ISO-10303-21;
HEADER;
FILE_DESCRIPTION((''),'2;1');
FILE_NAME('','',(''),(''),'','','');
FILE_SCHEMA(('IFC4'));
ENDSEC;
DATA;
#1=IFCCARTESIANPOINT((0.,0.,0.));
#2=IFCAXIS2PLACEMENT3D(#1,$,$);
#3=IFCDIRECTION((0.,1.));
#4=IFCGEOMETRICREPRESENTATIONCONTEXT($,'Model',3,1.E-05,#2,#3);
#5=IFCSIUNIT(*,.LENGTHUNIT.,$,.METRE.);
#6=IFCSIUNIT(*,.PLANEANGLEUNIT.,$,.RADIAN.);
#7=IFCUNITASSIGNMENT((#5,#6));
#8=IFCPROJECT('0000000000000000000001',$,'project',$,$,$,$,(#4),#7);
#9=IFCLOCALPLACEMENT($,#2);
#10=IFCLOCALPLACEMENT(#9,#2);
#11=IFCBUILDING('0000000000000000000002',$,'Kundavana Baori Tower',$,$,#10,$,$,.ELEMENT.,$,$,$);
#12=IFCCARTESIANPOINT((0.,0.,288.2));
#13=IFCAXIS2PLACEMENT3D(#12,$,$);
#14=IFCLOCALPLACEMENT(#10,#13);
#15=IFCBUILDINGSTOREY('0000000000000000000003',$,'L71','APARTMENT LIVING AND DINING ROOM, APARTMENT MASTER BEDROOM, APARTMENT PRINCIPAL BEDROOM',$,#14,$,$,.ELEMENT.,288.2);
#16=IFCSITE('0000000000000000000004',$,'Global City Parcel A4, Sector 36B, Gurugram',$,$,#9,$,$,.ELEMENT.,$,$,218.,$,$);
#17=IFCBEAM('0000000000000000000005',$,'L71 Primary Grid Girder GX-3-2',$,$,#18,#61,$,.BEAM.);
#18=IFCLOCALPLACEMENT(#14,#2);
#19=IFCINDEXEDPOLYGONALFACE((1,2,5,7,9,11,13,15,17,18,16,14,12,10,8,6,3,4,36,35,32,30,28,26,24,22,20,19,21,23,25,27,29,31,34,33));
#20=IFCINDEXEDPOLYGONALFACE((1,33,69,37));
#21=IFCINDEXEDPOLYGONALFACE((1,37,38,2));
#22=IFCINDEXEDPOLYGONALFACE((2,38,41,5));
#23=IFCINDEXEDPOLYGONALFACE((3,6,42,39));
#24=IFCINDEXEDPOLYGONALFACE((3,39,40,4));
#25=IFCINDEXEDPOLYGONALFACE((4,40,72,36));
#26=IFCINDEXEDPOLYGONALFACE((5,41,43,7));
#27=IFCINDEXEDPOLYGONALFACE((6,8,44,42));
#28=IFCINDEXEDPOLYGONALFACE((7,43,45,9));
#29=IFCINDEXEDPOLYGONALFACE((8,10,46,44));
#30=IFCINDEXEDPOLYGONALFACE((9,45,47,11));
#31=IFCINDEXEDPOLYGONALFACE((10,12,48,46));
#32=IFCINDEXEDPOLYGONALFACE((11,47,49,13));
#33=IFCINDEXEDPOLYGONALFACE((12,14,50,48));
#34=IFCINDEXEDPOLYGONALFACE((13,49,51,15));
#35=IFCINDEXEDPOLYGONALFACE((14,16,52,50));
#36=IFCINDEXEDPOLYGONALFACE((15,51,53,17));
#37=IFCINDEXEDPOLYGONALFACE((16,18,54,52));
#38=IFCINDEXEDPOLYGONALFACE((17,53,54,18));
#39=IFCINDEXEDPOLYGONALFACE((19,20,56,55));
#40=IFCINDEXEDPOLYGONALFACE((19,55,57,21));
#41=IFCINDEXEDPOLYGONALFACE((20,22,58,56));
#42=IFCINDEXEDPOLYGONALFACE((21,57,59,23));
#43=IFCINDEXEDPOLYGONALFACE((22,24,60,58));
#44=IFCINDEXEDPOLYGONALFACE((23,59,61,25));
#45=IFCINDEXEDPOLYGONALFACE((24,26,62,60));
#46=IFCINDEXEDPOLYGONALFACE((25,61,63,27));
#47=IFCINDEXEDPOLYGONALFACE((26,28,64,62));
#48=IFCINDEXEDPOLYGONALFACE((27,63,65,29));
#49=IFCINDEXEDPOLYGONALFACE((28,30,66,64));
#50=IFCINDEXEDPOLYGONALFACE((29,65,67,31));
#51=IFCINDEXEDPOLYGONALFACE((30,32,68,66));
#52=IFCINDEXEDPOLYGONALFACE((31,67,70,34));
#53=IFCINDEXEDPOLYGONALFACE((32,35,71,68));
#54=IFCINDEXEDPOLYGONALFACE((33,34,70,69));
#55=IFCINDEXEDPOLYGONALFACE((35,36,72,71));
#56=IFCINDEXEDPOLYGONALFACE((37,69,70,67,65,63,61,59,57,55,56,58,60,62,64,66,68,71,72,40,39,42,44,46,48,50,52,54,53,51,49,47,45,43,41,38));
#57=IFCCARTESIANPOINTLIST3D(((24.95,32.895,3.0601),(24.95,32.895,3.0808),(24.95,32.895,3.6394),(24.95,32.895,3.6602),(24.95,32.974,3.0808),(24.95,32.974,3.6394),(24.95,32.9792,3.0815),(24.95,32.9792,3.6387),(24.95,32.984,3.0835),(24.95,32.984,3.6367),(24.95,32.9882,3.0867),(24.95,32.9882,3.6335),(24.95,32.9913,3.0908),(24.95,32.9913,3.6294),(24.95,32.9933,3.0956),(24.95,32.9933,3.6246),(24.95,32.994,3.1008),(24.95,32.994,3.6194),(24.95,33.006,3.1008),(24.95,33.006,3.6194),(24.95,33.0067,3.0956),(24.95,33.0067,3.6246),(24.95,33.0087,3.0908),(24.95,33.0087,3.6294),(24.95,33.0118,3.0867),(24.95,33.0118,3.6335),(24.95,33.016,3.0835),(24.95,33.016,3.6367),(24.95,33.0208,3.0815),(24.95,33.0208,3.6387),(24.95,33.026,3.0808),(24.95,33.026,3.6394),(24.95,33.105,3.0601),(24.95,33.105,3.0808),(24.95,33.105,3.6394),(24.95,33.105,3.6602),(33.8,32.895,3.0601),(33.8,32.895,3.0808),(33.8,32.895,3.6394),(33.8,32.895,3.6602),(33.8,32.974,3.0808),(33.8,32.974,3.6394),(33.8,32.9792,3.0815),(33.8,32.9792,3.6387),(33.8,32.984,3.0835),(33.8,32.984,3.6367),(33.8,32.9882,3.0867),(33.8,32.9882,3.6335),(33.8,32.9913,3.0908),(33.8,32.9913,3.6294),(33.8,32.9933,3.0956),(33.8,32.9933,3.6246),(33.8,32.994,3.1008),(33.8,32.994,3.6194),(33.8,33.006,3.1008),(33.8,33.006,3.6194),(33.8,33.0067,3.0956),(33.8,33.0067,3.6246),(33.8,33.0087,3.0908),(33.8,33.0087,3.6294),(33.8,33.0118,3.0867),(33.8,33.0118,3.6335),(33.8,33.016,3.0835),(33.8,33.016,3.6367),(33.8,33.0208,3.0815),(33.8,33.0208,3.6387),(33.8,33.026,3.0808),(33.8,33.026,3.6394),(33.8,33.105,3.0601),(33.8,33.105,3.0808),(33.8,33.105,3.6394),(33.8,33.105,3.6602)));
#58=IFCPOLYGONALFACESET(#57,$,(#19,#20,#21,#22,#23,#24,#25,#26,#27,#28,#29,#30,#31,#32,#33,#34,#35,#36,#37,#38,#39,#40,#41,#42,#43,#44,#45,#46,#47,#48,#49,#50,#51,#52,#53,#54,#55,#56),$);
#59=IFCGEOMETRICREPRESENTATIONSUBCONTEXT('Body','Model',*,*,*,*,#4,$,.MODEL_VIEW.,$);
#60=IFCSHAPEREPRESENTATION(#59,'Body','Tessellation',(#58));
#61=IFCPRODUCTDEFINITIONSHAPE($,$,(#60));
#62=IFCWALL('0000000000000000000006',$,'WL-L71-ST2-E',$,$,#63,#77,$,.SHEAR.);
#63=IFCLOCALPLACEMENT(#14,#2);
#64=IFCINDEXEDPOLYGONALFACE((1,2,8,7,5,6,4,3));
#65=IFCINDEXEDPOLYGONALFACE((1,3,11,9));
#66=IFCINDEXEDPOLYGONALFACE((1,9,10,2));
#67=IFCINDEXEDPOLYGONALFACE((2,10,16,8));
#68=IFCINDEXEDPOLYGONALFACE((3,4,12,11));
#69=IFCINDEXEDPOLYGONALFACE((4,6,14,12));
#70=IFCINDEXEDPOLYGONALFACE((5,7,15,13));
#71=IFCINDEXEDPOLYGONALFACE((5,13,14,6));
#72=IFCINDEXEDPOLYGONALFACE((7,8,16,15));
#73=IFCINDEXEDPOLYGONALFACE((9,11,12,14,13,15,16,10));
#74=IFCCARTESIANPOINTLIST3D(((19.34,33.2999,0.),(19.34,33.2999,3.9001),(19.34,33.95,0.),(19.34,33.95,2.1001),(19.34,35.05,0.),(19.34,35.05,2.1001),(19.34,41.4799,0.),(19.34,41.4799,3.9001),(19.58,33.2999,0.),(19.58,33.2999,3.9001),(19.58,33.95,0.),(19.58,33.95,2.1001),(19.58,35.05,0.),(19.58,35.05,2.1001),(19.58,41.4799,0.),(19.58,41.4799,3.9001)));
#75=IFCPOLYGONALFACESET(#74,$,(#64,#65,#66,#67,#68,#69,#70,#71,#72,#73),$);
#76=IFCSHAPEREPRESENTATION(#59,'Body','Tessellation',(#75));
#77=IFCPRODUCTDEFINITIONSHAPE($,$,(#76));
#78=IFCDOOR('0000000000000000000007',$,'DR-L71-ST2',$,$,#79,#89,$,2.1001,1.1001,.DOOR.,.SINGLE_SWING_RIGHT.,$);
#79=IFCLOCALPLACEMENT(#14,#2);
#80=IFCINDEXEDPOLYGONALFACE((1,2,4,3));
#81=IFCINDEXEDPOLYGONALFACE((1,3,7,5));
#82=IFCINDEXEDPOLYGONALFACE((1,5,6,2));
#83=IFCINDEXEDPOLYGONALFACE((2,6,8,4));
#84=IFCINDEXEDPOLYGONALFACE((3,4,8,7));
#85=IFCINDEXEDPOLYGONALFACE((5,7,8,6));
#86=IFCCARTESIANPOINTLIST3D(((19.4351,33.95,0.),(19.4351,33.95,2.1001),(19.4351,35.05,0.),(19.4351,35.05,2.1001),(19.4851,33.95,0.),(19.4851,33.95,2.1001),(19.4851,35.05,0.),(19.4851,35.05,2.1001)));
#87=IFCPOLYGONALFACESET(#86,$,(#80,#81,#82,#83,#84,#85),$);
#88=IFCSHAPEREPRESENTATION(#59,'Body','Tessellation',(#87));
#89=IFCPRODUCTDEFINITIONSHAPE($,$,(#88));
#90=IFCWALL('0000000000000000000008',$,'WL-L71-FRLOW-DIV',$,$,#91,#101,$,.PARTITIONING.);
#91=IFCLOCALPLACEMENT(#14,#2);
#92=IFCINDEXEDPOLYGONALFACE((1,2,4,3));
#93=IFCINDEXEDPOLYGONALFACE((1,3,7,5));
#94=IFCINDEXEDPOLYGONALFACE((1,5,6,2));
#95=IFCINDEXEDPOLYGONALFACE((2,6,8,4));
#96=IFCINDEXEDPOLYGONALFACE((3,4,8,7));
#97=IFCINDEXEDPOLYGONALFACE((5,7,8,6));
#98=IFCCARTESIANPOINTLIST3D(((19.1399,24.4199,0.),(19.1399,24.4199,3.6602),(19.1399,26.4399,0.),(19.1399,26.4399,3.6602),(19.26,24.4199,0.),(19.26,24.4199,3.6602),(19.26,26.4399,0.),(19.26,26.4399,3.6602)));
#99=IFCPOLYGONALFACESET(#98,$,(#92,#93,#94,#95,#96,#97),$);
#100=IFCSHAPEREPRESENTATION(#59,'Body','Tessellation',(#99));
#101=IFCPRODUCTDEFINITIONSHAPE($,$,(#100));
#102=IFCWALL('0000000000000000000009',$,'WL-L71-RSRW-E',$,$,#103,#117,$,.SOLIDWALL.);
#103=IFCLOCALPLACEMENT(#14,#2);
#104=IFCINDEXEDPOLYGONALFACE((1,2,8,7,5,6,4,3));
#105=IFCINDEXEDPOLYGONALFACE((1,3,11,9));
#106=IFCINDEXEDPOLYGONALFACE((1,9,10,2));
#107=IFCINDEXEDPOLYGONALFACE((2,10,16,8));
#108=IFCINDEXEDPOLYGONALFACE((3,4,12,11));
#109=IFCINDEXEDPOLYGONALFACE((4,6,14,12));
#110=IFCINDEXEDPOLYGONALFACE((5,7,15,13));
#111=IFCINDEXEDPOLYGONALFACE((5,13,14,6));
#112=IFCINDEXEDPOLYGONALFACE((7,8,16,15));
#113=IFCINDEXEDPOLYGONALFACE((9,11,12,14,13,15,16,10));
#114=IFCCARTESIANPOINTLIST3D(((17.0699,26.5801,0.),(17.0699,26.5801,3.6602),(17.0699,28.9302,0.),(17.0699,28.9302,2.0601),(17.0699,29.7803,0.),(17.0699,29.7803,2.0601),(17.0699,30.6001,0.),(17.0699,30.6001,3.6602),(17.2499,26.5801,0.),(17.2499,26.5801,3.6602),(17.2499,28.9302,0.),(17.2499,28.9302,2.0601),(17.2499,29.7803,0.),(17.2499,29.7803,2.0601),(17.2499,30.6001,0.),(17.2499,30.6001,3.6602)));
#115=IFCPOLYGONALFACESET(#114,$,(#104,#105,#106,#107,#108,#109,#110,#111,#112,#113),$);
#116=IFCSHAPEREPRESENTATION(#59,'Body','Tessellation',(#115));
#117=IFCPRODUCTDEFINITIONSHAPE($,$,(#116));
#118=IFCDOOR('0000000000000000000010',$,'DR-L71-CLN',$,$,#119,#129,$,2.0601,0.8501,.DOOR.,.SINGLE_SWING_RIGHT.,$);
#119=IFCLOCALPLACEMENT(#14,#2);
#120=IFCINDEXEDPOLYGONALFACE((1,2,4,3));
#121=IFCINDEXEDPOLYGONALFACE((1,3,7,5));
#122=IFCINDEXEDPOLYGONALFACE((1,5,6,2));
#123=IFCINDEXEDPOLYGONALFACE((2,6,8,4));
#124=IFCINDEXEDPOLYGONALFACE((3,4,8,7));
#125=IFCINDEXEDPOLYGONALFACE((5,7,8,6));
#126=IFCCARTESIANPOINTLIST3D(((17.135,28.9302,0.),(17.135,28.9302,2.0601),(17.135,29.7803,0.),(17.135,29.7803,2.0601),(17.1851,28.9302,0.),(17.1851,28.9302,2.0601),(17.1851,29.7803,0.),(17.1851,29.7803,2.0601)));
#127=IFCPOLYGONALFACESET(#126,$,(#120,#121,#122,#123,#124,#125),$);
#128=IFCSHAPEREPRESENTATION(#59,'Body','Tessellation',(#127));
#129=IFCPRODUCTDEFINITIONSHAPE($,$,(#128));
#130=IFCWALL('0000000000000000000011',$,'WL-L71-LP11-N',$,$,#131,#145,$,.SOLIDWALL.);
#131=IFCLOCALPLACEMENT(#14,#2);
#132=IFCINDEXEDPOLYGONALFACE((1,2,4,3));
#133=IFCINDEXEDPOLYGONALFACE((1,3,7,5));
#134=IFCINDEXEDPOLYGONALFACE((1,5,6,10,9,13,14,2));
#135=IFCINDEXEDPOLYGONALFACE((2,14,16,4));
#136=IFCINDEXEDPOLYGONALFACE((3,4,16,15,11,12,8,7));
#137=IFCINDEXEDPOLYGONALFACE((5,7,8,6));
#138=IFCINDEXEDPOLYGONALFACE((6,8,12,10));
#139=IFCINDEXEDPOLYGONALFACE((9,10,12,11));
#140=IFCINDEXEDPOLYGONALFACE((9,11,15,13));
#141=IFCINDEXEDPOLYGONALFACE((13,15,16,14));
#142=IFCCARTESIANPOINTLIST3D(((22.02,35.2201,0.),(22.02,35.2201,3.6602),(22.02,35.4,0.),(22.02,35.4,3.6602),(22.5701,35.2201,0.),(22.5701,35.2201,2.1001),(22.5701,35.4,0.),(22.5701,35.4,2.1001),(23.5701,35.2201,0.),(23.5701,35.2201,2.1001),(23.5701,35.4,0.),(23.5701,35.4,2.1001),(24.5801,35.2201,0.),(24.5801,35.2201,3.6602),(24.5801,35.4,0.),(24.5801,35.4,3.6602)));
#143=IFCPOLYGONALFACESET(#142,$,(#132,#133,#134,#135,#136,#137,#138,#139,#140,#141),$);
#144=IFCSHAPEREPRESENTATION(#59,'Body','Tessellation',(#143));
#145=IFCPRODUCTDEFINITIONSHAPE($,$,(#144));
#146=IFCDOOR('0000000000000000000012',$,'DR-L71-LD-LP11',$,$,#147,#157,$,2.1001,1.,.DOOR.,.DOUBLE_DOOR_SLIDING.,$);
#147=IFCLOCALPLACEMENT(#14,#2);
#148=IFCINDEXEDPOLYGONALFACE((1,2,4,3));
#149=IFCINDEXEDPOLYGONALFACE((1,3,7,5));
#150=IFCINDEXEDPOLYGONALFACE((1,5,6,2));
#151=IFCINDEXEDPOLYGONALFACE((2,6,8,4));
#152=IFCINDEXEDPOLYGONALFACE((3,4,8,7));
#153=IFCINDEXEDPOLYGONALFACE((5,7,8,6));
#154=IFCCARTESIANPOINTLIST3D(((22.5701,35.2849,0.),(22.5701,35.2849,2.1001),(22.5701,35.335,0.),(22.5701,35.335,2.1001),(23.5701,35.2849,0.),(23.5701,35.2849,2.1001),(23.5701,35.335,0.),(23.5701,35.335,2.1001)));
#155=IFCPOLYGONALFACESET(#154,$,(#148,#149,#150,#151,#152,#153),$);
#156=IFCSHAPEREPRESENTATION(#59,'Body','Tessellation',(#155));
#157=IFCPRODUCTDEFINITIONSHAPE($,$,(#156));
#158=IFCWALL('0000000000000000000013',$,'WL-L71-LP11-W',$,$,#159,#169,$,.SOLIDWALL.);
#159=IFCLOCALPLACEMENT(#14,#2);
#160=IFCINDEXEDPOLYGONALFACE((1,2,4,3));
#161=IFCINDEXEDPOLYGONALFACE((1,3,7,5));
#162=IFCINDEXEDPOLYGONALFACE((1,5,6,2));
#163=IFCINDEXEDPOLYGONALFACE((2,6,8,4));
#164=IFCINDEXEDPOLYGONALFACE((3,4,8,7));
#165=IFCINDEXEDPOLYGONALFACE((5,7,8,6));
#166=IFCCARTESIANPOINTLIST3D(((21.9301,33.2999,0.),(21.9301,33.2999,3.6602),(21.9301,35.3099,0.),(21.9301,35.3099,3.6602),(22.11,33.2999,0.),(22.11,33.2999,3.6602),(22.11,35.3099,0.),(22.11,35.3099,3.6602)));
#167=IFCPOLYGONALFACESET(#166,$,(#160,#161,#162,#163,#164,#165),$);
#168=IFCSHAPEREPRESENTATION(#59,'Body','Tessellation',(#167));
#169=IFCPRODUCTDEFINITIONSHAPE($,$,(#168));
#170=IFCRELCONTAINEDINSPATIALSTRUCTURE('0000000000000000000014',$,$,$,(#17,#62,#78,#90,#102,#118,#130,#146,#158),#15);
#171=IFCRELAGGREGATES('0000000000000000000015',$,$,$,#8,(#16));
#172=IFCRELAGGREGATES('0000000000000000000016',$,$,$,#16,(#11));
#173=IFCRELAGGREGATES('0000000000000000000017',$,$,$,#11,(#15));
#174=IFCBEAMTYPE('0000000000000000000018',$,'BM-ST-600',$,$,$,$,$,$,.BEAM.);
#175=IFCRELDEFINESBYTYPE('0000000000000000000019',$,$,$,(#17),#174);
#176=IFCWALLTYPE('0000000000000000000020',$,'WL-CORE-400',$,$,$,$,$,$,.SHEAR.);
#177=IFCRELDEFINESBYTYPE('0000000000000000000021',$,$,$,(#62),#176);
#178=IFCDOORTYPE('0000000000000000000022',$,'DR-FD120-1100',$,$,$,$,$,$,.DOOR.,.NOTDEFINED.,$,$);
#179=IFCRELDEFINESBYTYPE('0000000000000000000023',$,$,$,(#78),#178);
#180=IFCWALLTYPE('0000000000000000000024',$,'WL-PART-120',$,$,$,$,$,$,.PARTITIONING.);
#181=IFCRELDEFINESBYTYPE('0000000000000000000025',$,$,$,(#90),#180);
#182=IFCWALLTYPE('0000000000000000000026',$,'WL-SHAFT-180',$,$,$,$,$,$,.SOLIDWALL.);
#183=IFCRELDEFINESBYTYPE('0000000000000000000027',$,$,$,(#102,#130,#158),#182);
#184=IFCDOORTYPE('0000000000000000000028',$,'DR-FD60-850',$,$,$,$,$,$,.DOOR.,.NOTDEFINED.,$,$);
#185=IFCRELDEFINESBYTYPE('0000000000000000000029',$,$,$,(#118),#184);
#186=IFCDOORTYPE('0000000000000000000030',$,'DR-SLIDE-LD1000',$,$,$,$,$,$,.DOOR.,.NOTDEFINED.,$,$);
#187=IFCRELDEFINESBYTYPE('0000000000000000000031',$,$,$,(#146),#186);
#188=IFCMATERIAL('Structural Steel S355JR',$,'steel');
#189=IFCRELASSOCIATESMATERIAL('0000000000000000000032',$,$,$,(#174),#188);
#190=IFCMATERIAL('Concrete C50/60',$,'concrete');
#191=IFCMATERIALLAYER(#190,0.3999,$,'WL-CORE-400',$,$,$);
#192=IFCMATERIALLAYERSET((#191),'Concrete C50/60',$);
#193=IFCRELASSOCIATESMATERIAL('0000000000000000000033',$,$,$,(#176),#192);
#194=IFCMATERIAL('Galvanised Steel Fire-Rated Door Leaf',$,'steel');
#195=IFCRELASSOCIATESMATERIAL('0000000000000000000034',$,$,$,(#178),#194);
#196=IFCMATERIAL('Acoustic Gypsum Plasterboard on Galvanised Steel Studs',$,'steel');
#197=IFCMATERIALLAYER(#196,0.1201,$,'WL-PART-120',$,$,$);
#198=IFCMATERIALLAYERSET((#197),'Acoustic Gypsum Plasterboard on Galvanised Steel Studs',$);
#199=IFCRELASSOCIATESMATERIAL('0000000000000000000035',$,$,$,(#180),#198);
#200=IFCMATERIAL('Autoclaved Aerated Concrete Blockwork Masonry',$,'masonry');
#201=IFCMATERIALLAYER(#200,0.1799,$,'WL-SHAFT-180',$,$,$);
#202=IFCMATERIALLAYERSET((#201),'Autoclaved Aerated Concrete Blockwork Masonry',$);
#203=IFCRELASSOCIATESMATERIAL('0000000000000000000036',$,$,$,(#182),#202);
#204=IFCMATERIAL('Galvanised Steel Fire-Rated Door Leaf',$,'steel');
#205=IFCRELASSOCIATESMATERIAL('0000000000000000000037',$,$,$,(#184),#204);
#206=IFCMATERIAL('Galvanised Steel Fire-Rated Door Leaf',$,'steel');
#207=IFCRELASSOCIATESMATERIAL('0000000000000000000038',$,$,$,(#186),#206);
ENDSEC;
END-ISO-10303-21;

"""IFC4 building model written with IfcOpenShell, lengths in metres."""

from ifc_helpers import new_model, si_unit, direction, frame, frame_2d, origin, origin_2d, place, context, subcontext, project, spatial, rectangle, i_section, extrude, material, layer, layer_set, material_profile, profile_set, type_object, element, fill, save


model = new_model("IFC4")

# Units and contexts
model_context = context("Model", 3, precision=1e-05, world=origin(), true_north=direction((0.0, 1.0)))
body_context = subcontext(model_context, "Body", "Model", "MODEL_VIEW")
ifc_project = project(units=[si_unit("LENGTHUNIT", "METRE"), si_unit("PLANEANGLEUNIT", "RADIAN")], contexts=[model_context])

# Site, building, storey
site_placement = place(None, origin())
site = spatial("IfcSite", under=ifc_project, at=site_placement, Name="Global City Parcel A4, Sector 36B, Gurugram", CompositionType="ELEMENT", RefElevation=218.0)
building_placement = place(site_placement, origin())
building = spatial("IfcBuilding", under=site, at=building_placement, Name="Kundavana Baori Tower", CompositionType="ELEMENT")
storey_placement = place(building_placement, frame((0.0, 0.0, 288.2)))
storey = spatial("IfcBuildingStorey", under=building, at=storey_placement, Name="L71", Description="APARTMENT LIVING AND DINING ROOM, APARTMENT MASTER BEDROOM, APARTMENT PRINCIPAL BEDROOM", CompositionType="ELEMENT", Elevation=288.2)

# Beam
ifc_material_1 = material(Name="Structural Steel S355JR", Category="steel")
ifc_material_profile_1 = material_profile(ifc_material_1, i_section(OverallWidth=0.21, OverallDepth=0.6001, WebThickness=0.012, FlangeThickness=0.0208, FilletRadius=0.02, at=origin_2d()), Name="ISMB 600")
ifc_profile_set_1 = profile_set([ifc_material_profile_1], Name="Structural Steel S355JR")
beam_type_1 = type_object("IfcBeamType", Name="BM-ST-600", PredefinedType="BEAM", material=ifc_profile_set_1)
for number, where, z_axis, x_axis, name in (
    (1, (24.95, 33.0, 3.3601), (1.0, 0.0, 0.0), (0.0, 1.0, 0.0), "L71 Primary Grid Girder GX-3-2"),
):
    element("IfcBeam", number, at=place(storey_placement, frame(where, z_axis=z_axis, x_axis=x_axis)), inside=storey, type_object=beam_type_1, Name=name, PredefinedType="BEAM", context=body_context, shape_type="SweptSolid", body=[
        extrude(i_section(OverallWidth=0.21, OverallDepth=0.6001, WebThickness=0.012, FlangeThickness=0.0208, FilletRadius=0.02, at=origin_2d()), origin(), (0.0, 0.0, 1.0), 8.8501),
    ])

# Wall, opening, door
ifc_material_2 = material(Name="Concrete C50/60", Category="concrete")
ifc_layer_1 = layer(ifc_material_2, 0.3999, Name="WL-CORE-400")
ifc_layer_set_1 = layer_set([ifc_layer_1], Name="Concrete C50/60")
wall_type_1 = type_object("IfcWallType", Name="WL-CORE-400", PredefinedType="SHEAR", material=ifc_layer_set_1)
wall_1_placement = place(storey_placement, frame((19.46, 33.3, 0.0), z_axis=(0.0, 0.0, 1.0), x_axis=(0.0, 1.0, 0.0)))
wall_1 = element("IfcWall", 2, at=wall_1_placement, inside=storey, type_object=wall_type_1, Name="WL-L71-ST2-E", PredefinedType="SHEAR", context=body_context, shape_type="SweptSolid", body=[
    extrude(rectangle(XDim=8.1799, YDim=0.24, at=frame_2d((4.0898, 0.0))), origin(), (0.0, 0.0, 1.0), 3.9001),
])
opening_1_placement = place(wall_1_placement, frame((0.6499, 0.0, 0.0)))
opening_1 = element("IfcOpeningElement", 3, at=opening_1_placement, cuts=wall_1, PredefinedType="OPENING", context=body_context, shape_type="SweptSolid", body=[
    extrude(rectangle(XDim=1.1001, YDim=2.1001, at=frame_2d((0.55, 1.05))), frame((0.0, 0.1299, 0.0), z_axis=(0.0, -1.0, 0.0), x_axis=(1.0, 0.0, 0.0)), (0.0, 0.0, 1.0), 0.26),
])
ifc_material_3 = material(Name="Galvanised Steel Fire-Rated Door Leaf", Category="steel")
door_type_1 = type_object("IfcDoorType", Name="DR-FD120-1100", OperationType="NOTDEFINED", PredefinedType="DOOR", material=ifc_material_3)
door_1_placement = place(opening_1_placement, origin())
door_1 = element("IfcDoor", 4, at=door_1_placement, inside=storey, type_object=door_type_1, Name="DR-L71-ST2", OperationType="SINGLE_SWING_RIGHT", OverallHeight=2.1001, OverallWidth=1.1001, PredefinedType="DOOR", context=body_context, shape_type="SweptSolid", body=[
    extrude(rectangle(XDim=1.1001, YDim=2.1001, at=frame_2d((0.55, 1.05))), frame((0.0, 0.0249, 0.0), z_axis=(0.0, -1.0, 0.0), x_axis=(1.0, 0.0, 0.0)), (0.0, 0.0, 1.0), 0.05),
])
fill(opening_1, door_1)

# Wall
ifc_material_4 = material(Name="Acoustic Gypsum Plasterboard on Galvanised Steel Studs", Category="steel")
ifc_layer_2 = layer(ifc_material_4, 0.1201, Name="WL-PART-120")
ifc_layer_set_2 = layer_set([ifc_layer_2], Name="Acoustic Gypsum Plasterboard on Galvanised Steel Studs")
wall_type_2 = type_object("IfcWallType", Name="WL-PART-120", PredefinedType="PARTITIONING", material=ifc_layer_set_2)
wall_2_placement = place(storey_placement, frame((19.2, 24.4199, 0.0), z_axis=(0.0, 0.0, 1.0), x_axis=(0.0, 1.0, 0.0)))
element("IfcWall", 5, at=wall_2_placement, inside=storey, type_object=wall_type_2, Name="WL-L71-FRLOW-DIV", PredefinedType="PARTITIONING", context=body_context, shape_type="SweptSolid", body=[
    extrude(rectangle(XDim=2.02, YDim=0.1201, at=frame_2d((1.01, 0.0))), origin(), (0.0, 0.0, 1.0), 3.6602),
])

# Walls, openings, doors
ifc_material_5 = material(Name="Autoclaved Aerated Concrete Blockwork Masonry", Category="masonry")
ifc_layer_3 = layer(ifc_material_5, 0.1799, Name="WL-SHAFT-180")
ifc_layer_set_3 = layer_set([ifc_layer_3], Name="Autoclaved Aerated Concrete Blockwork Masonry")
wall_type_3 = type_object("IfcWallType", Name="WL-SHAFT-180", PredefinedType="SOLIDWALL", material=ifc_layer_set_3)
wall_3_placement = place(storey_placement, frame((17.1599, 26.5801, 0.0), z_axis=(0.0, 0.0, 1.0), x_axis=(0.0, 1.0, 0.0)))
wall_3 = element("IfcWall", 6, at=wall_3_placement, inside=storey, type_object=wall_type_3, Name="WL-L71-RSRW-E", PredefinedType="SOLIDWALL", context=body_context, shape_type="SweptSolid", body=[
    extrude(rectangle(XDim=4.02, YDim=0.1799, at=frame_2d((2.01, 0.0))), origin(), (0.0, 0.0, 1.0), 3.6602),
])
opening_2_placement = place(wall_3_placement, frame((2.3501, 0.0, 0.0)))
opening_2 = element("IfcOpeningElement", 7, at=opening_2_placement, cuts=wall_3, PredefinedType="OPENING", context=body_context, shape_type="SweptSolid", body=[
    extrude(rectangle(XDim=0.8501, YDim=2.0601, at=frame_2d((0.425, 1.03))), frame((0.0, 0.1001, 0.0), z_axis=(0.0, -1.0, 0.0), x_axis=(1.0, 0.0, 0.0)), (0.0, 0.0, 1.0), 0.2),
])
ifc_material_6 = material(Name="Galvanised Steel Fire-Rated Door Leaf", Category="steel")
door_type_2 = type_object("IfcDoorType", Name="DR-FD60-850", OperationType="NOTDEFINED", PredefinedType="DOOR", material=ifc_material_6)
door_2_placement = place(opening_2_placement, origin())
door_2 = element("IfcDoor", 8, at=door_2_placement, inside=storey, type_object=door_type_2, Name="DR-L71-CLN", OperationType="SINGLE_SWING_RIGHT", OverallHeight=2.0601, OverallWidth=0.8501, PredefinedType="DOOR", context=body_context, shape_type="SweptSolid", body=[
    extrude(rectangle(XDim=0.8501, YDim=2.0601, at=frame_2d((0.425, 1.03))), frame((0.0, 0.0249, 0.0), z_axis=(0.0, -1.0, 0.0), x_axis=(1.0, 0.0, 0.0)), (0.0, 0.0, 1.0), 0.05),
])
fill(opening_2, door_2)
wall_4_placement = place(storey_placement, frame((22.02, 35.3101, 0.0), z_axis=(0.0, 0.0, 1.0), x_axis=(1.0, 0.0, 0.0)))
wall_4 = element("IfcWall", 9, at=wall_4_placement, inside=storey, type_object=wall_type_3, Name="WL-L71-LP11-N", PredefinedType="SOLIDWALL", context=body_context, shape_type="SweptSolid", body=[
    extrude(rectangle(XDim=2.5601, YDim=0.1799, at=frame_2d((1.28, 0.0))), origin(), (0.0, 0.0, 1.0), 3.6602),
])
opening_3_placement = place(wall_4_placement, frame((0.55, 0.0, 0.0)))
opening_3 = element("IfcOpeningElement", 10, at=opening_3_placement, cuts=wall_4, PredefinedType="OPENING", context=body_context, shape_type="SweptSolid", body=[
    extrude(rectangle(XDim=1.0, YDim=2.1001, at=frame_2d((0.5, 1.05))), frame((0.0, 0.1001, 0.0), z_axis=(0.0, -1.0, 0.0), x_axis=(1.0, 0.0, 0.0)), (0.0, 0.0, 1.0), 0.2),
])
ifc_material_7 = material(Name="Galvanised Steel Fire-Rated Door Leaf", Category="steel")
door_type_3 = type_object("IfcDoorType", Name="DR-SLIDE-LD1000", OperationType="NOTDEFINED", PredefinedType="DOOR", material=ifc_material_7)
door_3_placement = place(opening_3_placement, origin())
door_3 = element("IfcDoor", 11, at=door_3_placement, inside=storey, type_object=door_type_3, Name="DR-L71-LD-LP11", OperationType="DOUBLE_DOOR_SLIDING", OverallHeight=2.1001, OverallWidth=1.0, PredefinedType="DOOR", context=body_context, shape_type="SweptSolid", body=[
    extrude(rectangle(XDim=1.0, YDim=2.1001, at=frame_2d((0.5, 1.05))), frame((0.0, 0.0249, 0.0), z_axis=(0.0, -1.0, 0.0), x_axis=(1.0, 0.0, 0.0)), (0.0, 0.0, 1.0), 0.05),
])
fill(opening_3, door_3)

# Wall
wall_5_placement = place(storey_placement, frame((22.02, 33.3, 0.0), z_axis=(0.0, 0.0, 1.0), x_axis=(0.0, 1.0, 0.0)))
element("IfcWall", 12, at=wall_5_placement, inside=storey, type_object=wall_type_3, Name="WL-L71-LP11-W", PredefinedType="SOLIDWALL", context=body_context, shape_type="SweptSolid", body=[
    extrude(rectangle(XDim=2.01, YDim=0.1799, at=frame_2d((1.0049, 0.0))), origin(), (0.0, 0.0, 1.0), 3.6602),
])

save(model, "model.ifc")
